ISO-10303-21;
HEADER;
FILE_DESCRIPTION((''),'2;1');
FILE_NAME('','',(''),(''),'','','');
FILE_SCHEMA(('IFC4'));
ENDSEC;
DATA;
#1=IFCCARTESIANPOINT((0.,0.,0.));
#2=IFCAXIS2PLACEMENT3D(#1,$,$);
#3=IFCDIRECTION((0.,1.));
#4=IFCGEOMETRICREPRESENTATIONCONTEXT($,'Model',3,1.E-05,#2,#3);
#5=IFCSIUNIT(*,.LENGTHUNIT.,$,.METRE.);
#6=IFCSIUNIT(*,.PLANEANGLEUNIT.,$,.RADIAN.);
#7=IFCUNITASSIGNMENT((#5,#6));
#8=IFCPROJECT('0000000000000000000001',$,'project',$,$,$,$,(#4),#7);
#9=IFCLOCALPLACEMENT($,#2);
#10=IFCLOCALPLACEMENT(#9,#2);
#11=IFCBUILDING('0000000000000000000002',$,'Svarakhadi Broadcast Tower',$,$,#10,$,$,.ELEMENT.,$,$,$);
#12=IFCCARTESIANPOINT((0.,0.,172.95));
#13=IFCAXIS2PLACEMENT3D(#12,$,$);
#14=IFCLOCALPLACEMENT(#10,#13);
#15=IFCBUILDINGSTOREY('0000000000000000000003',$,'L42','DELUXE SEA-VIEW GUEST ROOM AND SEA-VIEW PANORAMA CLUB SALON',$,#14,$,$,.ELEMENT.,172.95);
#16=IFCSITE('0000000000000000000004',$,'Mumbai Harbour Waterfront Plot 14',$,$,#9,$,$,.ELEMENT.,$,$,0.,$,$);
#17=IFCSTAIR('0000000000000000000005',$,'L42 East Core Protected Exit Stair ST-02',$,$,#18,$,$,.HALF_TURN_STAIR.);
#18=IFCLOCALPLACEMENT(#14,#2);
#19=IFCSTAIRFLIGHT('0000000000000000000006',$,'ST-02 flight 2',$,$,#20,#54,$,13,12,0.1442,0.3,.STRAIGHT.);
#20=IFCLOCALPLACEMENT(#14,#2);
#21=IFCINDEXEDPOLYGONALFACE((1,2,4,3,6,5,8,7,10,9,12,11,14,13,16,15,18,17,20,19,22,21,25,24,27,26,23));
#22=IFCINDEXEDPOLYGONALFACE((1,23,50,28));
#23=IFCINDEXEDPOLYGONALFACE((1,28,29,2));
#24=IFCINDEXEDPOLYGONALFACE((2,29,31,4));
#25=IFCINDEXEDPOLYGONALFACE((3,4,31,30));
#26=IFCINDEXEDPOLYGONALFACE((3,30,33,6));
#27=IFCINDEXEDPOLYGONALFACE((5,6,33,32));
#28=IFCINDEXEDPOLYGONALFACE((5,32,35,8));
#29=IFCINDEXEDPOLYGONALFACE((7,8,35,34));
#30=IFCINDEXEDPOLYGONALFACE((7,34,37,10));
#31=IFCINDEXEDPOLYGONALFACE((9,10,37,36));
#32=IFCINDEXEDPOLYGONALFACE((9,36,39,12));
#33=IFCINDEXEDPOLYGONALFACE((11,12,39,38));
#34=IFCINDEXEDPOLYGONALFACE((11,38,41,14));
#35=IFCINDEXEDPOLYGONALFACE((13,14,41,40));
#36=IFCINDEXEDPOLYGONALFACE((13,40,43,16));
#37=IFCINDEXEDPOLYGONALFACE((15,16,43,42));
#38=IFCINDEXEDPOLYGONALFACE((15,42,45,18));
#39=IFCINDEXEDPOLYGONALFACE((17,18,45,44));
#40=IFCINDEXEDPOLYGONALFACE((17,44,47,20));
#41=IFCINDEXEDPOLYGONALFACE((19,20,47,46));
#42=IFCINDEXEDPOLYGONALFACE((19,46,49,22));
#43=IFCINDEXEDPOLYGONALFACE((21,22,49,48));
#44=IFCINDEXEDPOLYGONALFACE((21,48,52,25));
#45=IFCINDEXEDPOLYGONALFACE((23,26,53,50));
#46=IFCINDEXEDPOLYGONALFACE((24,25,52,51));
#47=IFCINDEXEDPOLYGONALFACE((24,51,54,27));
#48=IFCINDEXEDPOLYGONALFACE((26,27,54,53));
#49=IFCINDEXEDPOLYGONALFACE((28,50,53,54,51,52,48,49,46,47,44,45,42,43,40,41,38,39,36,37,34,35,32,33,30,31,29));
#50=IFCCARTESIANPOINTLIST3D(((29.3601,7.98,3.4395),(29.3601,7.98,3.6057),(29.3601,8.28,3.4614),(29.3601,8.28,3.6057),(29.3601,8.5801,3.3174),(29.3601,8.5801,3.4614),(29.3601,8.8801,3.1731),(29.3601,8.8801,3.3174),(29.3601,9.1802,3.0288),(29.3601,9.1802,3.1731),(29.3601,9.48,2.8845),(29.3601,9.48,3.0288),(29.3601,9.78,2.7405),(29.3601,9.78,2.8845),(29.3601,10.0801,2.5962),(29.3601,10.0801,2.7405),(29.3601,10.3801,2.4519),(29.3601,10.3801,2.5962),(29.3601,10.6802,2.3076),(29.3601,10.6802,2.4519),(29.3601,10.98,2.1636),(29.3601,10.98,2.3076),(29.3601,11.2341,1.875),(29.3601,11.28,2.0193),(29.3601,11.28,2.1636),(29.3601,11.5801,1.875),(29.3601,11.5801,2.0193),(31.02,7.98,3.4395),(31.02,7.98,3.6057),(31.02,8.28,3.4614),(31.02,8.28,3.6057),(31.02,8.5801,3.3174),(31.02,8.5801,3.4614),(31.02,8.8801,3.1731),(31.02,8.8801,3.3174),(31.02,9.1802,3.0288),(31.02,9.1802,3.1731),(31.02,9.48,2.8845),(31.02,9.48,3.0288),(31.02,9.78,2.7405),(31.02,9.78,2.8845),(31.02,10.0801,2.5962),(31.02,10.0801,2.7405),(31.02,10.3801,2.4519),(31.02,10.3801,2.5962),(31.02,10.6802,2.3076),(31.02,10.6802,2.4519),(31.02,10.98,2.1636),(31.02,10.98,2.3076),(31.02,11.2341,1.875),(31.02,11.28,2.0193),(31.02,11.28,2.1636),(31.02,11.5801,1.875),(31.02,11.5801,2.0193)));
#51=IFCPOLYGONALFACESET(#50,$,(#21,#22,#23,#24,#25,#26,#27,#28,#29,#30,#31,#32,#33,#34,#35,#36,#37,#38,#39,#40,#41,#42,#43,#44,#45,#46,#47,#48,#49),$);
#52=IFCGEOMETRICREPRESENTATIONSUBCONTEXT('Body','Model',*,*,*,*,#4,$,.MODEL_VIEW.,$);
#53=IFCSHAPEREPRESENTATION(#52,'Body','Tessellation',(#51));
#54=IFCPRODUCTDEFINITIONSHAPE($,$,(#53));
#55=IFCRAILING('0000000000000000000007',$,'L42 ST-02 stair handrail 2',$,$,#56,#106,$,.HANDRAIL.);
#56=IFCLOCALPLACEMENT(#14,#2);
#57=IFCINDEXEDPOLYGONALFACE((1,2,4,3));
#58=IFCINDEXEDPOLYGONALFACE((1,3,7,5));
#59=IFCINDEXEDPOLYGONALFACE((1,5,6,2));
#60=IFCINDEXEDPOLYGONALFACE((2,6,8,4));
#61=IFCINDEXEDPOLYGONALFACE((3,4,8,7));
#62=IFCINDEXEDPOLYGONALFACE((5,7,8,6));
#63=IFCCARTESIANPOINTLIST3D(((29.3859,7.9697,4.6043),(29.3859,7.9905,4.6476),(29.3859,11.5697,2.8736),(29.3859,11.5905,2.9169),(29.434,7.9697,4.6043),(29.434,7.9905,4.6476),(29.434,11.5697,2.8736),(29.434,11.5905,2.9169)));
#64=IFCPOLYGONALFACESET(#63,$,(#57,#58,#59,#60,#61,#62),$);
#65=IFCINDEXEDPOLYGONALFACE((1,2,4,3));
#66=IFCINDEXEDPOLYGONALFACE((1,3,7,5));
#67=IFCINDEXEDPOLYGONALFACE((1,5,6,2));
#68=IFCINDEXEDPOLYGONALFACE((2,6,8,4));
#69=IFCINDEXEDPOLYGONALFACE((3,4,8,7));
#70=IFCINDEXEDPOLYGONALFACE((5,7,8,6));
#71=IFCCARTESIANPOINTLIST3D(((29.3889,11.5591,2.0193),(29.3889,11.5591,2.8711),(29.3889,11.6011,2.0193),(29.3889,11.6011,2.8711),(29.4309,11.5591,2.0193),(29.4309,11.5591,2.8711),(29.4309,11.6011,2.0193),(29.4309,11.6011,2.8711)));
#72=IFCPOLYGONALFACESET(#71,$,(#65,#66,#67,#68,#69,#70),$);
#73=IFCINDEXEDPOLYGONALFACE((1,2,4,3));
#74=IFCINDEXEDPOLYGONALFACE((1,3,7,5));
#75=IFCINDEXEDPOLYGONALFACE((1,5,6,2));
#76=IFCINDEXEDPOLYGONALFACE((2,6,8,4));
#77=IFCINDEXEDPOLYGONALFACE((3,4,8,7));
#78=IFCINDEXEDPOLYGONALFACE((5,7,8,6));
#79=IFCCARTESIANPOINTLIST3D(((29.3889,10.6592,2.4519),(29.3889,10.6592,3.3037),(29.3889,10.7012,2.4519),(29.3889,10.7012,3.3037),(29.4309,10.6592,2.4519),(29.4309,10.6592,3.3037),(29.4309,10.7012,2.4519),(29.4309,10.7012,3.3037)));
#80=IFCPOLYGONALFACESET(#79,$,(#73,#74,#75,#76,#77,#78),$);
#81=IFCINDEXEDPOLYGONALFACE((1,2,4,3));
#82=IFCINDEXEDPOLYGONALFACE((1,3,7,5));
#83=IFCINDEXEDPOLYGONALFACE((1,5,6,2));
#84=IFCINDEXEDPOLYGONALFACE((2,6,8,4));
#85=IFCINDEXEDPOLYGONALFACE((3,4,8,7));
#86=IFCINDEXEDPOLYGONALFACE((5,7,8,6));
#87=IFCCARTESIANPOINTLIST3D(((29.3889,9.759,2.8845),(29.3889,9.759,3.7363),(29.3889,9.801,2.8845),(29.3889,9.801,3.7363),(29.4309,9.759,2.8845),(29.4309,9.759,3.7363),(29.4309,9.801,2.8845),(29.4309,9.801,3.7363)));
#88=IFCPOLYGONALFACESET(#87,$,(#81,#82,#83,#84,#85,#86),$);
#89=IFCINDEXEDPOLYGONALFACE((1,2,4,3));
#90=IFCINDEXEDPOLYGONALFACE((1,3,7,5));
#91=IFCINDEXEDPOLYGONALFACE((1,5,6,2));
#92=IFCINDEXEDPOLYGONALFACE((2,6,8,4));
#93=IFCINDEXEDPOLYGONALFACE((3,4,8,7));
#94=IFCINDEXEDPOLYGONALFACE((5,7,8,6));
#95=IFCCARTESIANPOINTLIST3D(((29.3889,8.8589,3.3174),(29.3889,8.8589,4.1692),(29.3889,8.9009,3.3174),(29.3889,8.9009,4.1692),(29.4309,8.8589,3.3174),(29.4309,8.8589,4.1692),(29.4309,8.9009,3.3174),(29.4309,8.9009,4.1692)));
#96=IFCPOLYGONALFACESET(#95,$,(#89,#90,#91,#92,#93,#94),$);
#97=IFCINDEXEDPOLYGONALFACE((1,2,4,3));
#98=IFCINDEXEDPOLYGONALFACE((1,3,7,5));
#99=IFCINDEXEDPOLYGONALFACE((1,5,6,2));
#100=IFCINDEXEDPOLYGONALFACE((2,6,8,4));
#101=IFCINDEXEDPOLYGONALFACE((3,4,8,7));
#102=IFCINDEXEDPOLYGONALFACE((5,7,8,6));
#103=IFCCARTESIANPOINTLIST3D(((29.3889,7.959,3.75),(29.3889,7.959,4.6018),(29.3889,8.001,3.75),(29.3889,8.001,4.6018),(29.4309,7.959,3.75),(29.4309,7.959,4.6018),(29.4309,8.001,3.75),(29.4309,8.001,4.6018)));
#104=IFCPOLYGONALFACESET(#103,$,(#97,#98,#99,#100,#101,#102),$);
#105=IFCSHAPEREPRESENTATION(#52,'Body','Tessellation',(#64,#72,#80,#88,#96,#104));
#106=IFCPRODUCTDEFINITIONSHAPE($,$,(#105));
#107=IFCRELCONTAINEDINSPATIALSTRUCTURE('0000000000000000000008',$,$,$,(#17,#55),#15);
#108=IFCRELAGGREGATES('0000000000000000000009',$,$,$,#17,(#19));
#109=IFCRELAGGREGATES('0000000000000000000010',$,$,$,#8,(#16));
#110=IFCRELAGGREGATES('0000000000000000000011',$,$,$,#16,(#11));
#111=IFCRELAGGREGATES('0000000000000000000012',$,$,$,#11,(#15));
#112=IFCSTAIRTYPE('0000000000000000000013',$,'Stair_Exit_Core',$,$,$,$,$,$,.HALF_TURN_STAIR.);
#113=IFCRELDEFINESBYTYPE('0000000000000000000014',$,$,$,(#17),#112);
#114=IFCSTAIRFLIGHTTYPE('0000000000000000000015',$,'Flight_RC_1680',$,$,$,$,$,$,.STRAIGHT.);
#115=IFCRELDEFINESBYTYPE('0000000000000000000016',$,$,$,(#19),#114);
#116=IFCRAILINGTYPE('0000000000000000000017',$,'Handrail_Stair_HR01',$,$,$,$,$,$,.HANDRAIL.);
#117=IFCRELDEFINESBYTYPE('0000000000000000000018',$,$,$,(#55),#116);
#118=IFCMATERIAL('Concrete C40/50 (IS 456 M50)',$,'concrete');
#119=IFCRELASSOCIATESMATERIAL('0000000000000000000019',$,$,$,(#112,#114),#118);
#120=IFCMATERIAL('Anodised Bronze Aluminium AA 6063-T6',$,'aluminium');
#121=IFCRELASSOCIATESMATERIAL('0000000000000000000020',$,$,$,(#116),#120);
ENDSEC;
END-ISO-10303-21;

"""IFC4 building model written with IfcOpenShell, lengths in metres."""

from ifc_helpers import new_model, si_unit, direction, frame, origin, origin_2d, place, context, subcontext, project, spatial, polyline, rectangle, outline, extrude, material, type_object, element, aggregate, save


model = new_model("IFC4")

# Units and contexts
model_context = context("Model", 3, precision=1e-05, world=origin(), true_north=direction((0.0, 1.0)))
body_context = subcontext(model_context, "Body", "Model", "MODEL_VIEW")
ifc_project = project(units=[si_unit("LENGTHUNIT", "METRE"), si_unit("PLANEANGLEUNIT", "RADIAN")], contexts=[model_context])

# Site, building, storey
site_placement = place(None, origin())
site = spatial("IfcSite", under=ifc_project, at=site_placement, Name="Mumbai Harbour Waterfront Plot 14", CompositionType="ELEMENT", RefElevation=0.0)
building_placement = place(site_placement, origin())
building = spatial("IfcBuilding", under=site, at=building_placement, Name="Svarakhadi Broadcast Tower", CompositionType="ELEMENT")
storey_placement = place(building_placement, frame((0.0, 0.0, 172.95)))
storey = spatial("IfcBuildingStorey", under=building, at=storey_placement, Name="L42", Description="DELUXE SEA-VIEW GUEST ROOM AND SEA-VIEW PANORAMA CLUB SALON", CompositionType="ELEMENT", Elevation=172.95)

# Shared definitions
ifc_material_1 = material(Name="Anodised Bronze Aluminium AA 6063-T6", Category="aluminium")

# Stair, stair flight
ifc_material_2 = material(Name="Concrete C40/50 (IS 456 M50)", Category="concrete")
stair_type = type_object("IfcStairType", Name="Stair_Exit_Core", PredefinedType="HALF_TURN_STAIR", material=ifc_material_2)
stair_placement = place(storey_placement, origin())
stair = element("IfcStair", 1, at=stair_placement, inside=storey, type_object=stair_type, Name="L42 East Core Protected Exit Stair ST-02", PredefinedType="HALF_TURN_STAIR")
stair_flight_type = type_object("IfcStairFlightType", Name="Flight_RC_1680", PredefinedType="STRAIGHT", material=ifc_material_2)
stair_flight_placement = place(storey_placement, frame((30.1899, 11.5801, 1.875), z_axis=(0.0, 0.0, 1.0), x_axis=(0.0, -1.0, 0.0)))
stair_flight = element("IfcStairFlight", 2, at=stair_flight_placement, type_object=stair_flight_type, Name="ST-02 flight 2", NumberOfRisers=13, NumberOfTreads=12, PredefinedType="STRAIGHT", RiserHeight=0.1442, TreadLength=0.3, context=body_context, shape_type="SweptSolid", body=[
    extrude(outline(polyline([(0.0, 0.0), (0.0, 0.1443), (0.3, 0.1443), (0.3, 0.2886), (0.6001, 0.2886), (0.6001, 0.4326), (0.8999, 0.4326), (0.8999, 0.5769), (1.2, 0.5769), (1.2, 0.7212), (1.5, 0.7212), (1.5, 0.8655), (1.8, 0.8655), (1.8, 1.0095), (2.1001, 1.0095), (2.1001, 1.1538), (2.3999, 1.1538), (2.3999, 1.2981), (2.7, 1.2981), (2.7, 1.4424), (3.0, 1.4424), (3.0, 1.5864), (3.3, 1.5864), (3.3, 1.7307), (3.6001, 1.7307), (3.6001, 1.875), (3.6001, 1.5645), (0.3459, 0.0), (0.0, 0.0)])), frame((0.0, 0.8301, 0.0), z_axis=(0.0, -1.0, 0.0), x_axis=(1.0, 0.0, 0.0)), (0.0, 0.0, 1.0), 1.6599),
])
aggregate(stair, [stair_flight])

# Railing
railing_type = type_object("IfcRailingType", Name="Handrail_Stair_HR01", PredefinedType="HANDRAIL", material=ifc_material_1)
railing_placement = place(storey_placement, frame((29.4099, 11.5801, 2.0193)))
element("IfcRailing", 3, at=railing_placement, inside=storey, type_object=railing_type, Name="L42 ST-02 stair handrail 2", PredefinedType="HANDRAIL", context=body_context, shape_type="SweptSolid", body=[
    extrude(rectangle(XDim=0.0481, YDim=0.0481, at=origin_2d()), frame((0.0, 0.0, 0.876), z_axis=(0.0, -0.901263, 0.433273), x_axis=(1.0, 0.0, 0.0)), (0.0, 0.0, 1.0), 3.9944),
    extrude(rectangle(XDim=0.042, YDim=0.042, at=origin_2d()), origin(), (0.0, 0.0, 1.0), 0.8518),
    extrude(rectangle(XDim=0.042, YDim=0.042, at=origin_2d()), frame((0.0, -0.8999, 0.4326)), (0.0, 0.0, 1.0), 0.8518),
    extrude(rectangle(XDim=0.042, YDim=0.042, at=origin_2d()), frame((0.0, -1.8, 0.8652)), (0.0, 0.0, 1.0), 0.8518),
    extrude(rectangle(XDim=0.042, YDim=0.042, at=origin_2d()), frame((0.0, -2.7002, 1.2981)), (0.0, 0.0, 1.0), 0.8518),
    extrude(rectangle(XDim=0.042, YDim=0.042, at=origin_2d()), frame((0.0, -3.6001, 1.7307)), (0.0, 0.0, 1.0), 0.8518),
])

save(model, "model.ifc")
